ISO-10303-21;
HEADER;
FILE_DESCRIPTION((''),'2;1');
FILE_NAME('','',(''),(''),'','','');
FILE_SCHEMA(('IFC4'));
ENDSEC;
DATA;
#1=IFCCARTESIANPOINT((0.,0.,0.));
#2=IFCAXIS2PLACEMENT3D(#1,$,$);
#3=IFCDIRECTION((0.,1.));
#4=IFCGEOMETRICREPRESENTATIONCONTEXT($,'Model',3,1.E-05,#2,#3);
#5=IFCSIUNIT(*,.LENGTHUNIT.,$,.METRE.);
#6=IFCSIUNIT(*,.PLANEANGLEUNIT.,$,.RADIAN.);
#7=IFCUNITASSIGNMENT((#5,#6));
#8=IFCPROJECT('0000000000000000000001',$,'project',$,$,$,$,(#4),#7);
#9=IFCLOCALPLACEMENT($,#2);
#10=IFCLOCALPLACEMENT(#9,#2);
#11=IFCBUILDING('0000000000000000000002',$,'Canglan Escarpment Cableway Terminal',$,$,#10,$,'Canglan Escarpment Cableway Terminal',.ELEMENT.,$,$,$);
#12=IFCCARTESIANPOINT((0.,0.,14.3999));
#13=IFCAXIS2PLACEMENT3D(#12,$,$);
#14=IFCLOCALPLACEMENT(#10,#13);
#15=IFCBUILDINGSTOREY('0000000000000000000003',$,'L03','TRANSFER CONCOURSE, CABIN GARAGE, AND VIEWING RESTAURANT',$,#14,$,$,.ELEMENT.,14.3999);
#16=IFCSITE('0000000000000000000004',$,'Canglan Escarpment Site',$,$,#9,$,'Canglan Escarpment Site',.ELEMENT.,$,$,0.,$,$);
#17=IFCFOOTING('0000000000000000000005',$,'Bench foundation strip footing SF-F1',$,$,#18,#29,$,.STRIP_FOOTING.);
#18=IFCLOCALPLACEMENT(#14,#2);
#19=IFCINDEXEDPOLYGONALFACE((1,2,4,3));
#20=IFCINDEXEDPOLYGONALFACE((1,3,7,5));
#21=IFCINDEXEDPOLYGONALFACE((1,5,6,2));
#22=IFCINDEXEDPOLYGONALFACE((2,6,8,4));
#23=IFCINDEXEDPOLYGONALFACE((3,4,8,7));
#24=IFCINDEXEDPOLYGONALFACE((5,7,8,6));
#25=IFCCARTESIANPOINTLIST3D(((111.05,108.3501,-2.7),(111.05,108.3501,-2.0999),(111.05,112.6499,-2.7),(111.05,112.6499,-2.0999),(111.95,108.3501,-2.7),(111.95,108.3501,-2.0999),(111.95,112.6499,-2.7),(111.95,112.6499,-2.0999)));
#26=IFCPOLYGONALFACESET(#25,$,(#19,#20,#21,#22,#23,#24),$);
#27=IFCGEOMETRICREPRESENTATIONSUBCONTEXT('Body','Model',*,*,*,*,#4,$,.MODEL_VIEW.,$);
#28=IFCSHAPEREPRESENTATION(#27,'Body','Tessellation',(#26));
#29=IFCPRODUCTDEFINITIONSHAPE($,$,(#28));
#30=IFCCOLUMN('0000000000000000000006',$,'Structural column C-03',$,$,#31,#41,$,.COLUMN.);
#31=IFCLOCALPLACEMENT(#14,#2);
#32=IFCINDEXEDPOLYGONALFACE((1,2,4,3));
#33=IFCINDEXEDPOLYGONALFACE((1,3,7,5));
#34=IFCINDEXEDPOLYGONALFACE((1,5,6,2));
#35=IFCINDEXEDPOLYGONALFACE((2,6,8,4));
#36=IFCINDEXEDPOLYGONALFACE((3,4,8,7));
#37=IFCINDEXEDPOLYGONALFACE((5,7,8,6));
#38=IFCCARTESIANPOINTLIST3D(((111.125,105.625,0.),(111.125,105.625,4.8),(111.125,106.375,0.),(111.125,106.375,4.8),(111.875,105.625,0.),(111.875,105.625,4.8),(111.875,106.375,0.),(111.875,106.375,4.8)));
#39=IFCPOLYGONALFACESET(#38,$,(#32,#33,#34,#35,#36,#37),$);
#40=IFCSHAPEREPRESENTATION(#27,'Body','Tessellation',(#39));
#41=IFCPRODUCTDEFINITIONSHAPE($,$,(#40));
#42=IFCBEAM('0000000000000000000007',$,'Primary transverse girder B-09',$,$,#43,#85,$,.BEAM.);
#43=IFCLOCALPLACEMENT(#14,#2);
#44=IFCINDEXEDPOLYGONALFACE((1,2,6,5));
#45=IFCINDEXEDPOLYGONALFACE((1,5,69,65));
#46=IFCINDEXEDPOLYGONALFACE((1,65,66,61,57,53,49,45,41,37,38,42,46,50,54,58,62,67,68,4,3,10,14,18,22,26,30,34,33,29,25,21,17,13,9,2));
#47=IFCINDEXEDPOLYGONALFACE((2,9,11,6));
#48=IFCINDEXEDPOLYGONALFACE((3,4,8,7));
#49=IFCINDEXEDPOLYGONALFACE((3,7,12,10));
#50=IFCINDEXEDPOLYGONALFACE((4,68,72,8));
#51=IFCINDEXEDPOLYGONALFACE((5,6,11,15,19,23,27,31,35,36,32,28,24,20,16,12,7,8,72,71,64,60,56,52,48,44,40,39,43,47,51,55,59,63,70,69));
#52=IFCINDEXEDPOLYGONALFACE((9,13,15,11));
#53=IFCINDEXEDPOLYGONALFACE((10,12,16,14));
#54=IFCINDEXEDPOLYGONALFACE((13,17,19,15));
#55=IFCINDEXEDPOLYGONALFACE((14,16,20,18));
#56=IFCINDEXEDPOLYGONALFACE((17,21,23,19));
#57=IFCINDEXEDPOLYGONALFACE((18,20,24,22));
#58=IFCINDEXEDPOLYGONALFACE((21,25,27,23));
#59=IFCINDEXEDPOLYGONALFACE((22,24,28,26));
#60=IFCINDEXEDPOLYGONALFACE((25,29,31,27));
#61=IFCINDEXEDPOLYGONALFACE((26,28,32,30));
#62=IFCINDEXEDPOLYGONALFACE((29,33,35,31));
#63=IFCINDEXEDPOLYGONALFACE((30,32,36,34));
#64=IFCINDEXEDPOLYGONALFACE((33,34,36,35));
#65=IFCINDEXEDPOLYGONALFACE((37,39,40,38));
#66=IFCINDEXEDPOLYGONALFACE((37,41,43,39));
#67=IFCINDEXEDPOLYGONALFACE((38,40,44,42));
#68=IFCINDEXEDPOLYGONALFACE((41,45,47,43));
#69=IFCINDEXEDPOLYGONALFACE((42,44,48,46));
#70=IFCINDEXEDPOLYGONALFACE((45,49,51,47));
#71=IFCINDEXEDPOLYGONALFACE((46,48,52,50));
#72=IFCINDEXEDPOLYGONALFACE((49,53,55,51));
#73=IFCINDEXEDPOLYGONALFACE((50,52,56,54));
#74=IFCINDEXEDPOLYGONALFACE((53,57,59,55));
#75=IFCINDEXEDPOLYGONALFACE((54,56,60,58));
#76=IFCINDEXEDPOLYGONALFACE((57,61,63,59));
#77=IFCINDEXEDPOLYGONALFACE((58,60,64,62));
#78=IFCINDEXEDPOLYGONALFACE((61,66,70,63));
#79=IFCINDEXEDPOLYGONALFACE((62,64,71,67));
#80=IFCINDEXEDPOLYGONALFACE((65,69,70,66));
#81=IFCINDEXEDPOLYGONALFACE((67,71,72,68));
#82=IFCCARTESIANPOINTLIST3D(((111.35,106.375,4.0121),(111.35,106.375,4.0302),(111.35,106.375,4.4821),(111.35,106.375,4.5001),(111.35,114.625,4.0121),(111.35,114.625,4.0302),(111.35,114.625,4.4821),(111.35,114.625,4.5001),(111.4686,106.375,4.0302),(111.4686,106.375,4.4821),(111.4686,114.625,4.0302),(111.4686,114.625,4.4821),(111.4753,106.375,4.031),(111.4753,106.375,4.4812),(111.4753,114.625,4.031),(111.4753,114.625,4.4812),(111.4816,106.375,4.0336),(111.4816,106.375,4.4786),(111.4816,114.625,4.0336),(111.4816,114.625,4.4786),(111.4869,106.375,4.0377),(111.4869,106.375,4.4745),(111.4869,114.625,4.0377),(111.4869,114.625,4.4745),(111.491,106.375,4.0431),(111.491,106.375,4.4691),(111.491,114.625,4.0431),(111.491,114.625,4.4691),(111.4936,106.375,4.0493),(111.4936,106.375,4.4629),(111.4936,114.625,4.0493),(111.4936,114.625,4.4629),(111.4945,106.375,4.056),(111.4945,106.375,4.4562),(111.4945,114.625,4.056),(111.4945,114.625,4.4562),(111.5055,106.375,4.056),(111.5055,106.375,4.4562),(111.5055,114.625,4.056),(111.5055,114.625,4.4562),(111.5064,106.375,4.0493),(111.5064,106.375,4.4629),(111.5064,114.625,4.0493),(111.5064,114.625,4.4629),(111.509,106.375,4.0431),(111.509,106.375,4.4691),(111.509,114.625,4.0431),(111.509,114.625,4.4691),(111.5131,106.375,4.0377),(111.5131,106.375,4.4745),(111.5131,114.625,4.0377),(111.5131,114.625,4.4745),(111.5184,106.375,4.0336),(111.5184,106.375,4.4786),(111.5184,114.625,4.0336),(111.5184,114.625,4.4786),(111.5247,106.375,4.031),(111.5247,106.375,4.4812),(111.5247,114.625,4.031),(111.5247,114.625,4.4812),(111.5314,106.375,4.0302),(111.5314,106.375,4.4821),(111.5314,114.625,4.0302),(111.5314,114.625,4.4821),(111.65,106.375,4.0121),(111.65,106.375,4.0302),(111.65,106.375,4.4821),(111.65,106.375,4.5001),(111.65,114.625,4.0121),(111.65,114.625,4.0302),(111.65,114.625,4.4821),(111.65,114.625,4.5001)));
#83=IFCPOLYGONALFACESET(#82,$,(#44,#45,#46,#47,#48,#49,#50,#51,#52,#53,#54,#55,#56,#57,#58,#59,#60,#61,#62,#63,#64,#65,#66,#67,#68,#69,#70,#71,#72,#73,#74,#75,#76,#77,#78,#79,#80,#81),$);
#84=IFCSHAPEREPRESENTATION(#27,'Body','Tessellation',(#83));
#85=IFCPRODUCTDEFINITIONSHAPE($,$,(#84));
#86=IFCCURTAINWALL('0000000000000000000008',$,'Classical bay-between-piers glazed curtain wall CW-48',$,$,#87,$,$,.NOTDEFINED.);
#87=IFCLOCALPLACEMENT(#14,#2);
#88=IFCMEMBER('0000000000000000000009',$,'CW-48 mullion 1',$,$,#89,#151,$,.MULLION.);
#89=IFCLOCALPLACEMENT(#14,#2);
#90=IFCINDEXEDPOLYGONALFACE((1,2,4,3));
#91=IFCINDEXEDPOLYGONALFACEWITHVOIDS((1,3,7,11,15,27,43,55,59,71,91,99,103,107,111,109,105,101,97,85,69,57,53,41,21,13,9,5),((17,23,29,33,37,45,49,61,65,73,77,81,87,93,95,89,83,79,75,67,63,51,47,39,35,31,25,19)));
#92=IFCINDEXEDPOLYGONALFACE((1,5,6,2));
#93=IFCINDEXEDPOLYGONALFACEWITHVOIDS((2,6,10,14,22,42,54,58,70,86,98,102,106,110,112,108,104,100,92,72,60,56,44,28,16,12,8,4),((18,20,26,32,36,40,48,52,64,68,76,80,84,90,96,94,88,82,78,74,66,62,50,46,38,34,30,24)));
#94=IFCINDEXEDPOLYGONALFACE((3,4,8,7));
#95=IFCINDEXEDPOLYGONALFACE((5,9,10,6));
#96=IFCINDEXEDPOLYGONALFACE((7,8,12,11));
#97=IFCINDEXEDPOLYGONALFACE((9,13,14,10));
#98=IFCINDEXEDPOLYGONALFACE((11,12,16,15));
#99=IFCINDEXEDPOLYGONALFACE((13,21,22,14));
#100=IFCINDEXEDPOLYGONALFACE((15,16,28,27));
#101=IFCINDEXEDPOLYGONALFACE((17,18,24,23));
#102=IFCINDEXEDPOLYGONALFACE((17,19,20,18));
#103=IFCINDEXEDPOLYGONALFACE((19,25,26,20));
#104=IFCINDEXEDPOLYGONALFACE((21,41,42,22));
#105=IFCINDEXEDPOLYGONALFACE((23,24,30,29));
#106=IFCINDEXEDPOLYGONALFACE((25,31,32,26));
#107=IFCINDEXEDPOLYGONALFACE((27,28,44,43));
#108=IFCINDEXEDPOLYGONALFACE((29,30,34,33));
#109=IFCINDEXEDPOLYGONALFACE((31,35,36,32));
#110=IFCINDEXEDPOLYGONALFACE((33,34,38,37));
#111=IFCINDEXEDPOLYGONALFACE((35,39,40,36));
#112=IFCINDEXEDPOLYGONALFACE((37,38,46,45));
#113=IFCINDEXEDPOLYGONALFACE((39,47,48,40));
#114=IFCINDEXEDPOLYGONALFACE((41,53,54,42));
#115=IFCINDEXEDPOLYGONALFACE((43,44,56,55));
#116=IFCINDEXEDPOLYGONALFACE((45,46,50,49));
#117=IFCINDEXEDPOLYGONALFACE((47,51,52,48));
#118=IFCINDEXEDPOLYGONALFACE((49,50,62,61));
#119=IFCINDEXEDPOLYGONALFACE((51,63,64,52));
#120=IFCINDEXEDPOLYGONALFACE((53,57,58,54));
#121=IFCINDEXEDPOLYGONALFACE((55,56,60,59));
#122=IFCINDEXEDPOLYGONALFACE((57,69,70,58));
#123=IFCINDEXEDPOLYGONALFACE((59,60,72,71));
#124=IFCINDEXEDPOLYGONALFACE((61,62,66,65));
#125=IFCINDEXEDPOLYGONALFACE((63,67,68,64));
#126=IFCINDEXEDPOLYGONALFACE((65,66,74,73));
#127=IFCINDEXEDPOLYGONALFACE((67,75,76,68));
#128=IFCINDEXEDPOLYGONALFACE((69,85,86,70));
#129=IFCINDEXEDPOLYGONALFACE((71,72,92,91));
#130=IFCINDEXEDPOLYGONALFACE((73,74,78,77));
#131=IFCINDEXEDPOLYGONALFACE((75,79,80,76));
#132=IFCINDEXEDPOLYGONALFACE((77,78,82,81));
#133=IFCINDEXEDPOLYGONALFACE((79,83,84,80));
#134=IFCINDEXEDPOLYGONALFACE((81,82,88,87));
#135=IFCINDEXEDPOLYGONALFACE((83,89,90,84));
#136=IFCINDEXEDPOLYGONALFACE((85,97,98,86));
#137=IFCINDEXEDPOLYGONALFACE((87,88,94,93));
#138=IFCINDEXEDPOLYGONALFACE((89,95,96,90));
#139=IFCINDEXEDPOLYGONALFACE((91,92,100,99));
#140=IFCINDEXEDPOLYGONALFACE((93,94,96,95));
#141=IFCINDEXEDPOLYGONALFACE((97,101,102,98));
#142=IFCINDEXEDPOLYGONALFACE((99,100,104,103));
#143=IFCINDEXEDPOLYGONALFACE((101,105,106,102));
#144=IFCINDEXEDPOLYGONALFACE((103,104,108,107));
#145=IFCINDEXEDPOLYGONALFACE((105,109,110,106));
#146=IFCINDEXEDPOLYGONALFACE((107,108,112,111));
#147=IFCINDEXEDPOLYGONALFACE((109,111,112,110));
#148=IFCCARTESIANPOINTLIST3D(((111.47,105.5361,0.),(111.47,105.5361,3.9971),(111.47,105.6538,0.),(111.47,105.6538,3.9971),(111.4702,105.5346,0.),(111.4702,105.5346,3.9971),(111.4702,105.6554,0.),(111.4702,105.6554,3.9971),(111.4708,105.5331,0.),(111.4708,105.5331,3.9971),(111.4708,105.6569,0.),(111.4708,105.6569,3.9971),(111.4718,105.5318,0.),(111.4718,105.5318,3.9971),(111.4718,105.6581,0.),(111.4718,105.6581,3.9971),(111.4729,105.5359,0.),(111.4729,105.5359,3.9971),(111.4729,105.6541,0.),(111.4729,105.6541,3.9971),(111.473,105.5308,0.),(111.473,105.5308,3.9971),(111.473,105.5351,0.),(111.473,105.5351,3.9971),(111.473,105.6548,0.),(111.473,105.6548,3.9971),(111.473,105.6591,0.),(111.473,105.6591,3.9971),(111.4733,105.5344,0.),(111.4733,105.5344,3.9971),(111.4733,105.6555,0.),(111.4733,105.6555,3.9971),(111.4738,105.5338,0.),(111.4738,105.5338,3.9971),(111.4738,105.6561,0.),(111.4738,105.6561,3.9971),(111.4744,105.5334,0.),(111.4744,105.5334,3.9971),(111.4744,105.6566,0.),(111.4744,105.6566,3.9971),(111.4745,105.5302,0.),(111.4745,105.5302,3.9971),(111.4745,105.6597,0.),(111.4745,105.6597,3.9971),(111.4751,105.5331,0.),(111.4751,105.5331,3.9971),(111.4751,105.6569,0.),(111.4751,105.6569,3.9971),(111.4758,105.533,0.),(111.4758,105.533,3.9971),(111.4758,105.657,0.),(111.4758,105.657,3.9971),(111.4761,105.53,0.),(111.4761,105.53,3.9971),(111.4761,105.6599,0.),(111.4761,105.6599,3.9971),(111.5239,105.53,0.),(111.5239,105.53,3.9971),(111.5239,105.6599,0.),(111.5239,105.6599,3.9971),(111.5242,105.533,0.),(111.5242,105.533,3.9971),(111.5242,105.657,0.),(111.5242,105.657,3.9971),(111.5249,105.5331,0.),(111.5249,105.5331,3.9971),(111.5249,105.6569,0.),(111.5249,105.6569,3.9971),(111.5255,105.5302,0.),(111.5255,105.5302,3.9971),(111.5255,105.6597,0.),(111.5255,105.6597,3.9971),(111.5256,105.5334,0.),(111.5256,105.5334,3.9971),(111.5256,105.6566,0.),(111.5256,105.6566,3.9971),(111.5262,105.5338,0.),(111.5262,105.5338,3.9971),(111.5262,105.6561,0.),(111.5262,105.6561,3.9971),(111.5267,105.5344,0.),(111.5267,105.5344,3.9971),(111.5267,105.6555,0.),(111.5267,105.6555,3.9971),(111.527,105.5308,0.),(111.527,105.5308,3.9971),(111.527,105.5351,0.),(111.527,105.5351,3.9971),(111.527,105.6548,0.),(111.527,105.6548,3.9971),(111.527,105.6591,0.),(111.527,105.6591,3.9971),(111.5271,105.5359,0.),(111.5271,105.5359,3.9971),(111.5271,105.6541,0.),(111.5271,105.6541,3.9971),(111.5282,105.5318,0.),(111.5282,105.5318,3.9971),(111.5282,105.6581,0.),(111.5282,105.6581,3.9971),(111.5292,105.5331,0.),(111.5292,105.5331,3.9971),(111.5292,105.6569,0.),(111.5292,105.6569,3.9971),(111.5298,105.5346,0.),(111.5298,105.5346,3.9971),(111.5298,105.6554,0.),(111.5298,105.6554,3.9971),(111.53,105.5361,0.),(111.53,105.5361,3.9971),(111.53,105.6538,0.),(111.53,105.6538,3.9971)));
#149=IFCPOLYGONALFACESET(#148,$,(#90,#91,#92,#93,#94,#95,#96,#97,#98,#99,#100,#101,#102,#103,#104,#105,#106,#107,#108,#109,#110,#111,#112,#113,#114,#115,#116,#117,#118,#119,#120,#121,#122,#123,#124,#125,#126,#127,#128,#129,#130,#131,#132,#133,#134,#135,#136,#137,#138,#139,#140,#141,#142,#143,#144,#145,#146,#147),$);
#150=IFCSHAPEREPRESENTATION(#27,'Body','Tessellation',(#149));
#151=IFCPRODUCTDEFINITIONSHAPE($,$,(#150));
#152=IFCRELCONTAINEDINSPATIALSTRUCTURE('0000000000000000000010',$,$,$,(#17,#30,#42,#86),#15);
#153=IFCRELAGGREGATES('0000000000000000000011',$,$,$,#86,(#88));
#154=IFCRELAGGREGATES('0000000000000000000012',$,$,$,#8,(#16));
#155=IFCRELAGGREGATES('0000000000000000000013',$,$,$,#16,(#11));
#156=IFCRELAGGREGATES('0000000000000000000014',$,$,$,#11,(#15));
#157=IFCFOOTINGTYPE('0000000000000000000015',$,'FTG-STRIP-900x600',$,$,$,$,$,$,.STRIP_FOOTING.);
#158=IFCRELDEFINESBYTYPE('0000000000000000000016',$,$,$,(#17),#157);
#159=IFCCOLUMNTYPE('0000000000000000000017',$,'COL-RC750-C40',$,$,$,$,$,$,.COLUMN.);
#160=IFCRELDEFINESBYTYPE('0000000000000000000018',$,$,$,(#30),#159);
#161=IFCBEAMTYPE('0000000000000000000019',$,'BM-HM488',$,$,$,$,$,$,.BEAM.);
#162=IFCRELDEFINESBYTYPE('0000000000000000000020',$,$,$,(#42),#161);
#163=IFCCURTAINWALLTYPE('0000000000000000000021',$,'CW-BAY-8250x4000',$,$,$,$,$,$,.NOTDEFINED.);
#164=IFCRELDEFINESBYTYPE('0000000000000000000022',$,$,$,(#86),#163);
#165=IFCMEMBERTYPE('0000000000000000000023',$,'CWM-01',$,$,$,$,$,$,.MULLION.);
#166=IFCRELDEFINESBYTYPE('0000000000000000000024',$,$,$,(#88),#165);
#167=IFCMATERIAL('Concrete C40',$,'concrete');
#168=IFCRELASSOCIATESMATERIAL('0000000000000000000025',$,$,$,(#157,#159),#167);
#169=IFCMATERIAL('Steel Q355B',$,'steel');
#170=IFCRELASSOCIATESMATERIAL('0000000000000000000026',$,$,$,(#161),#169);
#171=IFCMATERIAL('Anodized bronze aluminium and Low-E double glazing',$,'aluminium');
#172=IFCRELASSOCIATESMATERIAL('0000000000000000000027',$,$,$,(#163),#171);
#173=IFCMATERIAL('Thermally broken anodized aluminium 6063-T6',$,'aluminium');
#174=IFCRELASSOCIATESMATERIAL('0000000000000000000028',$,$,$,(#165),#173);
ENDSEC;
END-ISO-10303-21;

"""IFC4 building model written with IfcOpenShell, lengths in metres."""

from ifc_helpers import new_model, si_unit, direction, frame, origin, origin_2d, place, context, subcontext, project, spatial, rectangle, hollow_rectangle, i_section, extrude, material, material_profile, profile_set, type_object, element, aggregate, save


model = new_model("IFC4")

# Units and contexts
model_context = context("Model", 3, precision=1e-05, world=origin(), true_north=direction((0.0, 1.0)))
body_context = subcontext(model_context, "Body", "Model", "MODEL_VIEW")
ifc_project = project(units=[si_unit("LENGTHUNIT", "METRE"), si_unit("PLANEANGLEUNIT", "RADIAN")], contexts=[model_context])

# Site, building, storey
site_placement = place(None, origin())
site = spatial("IfcSite", under=ifc_project, at=site_placement, Name="Canglan Escarpment Site", LongName="Canglan Escarpment Site", CompositionType="ELEMENT", RefElevation=0.0)
building_placement = place(site_placement, origin())
building = spatial("IfcBuilding", under=site, at=building_placement, Name="Canglan Escarpment Cableway Terminal", LongName="Canglan Escarpment Cableway Terminal", CompositionType="ELEMENT")
storey_placement = place(building_placement, frame((0.0, 0.0, 14.3999)))
storey = spatial("IfcBuildingStorey", under=building, at=storey_placement, Name="L03", Description="TRANSFER CONCOURSE, CABIN GARAGE, AND VIEWING RESTAURANT", CompositionType="ELEMENT", Elevation=14.3999)

# Footing
ifc_material_1 = material(Name="Concrete C40", Category="concrete")
ifc_material_profile_1 = material_profile(ifc_material_1, rectangle(XDim=0.8999, YDim=0.6001, at=origin_2d()), Name="SF 900x600")
ifc_profile_set_1 = profile_set([ifc_material_profile_1], Name="Concrete C40")
footing_type = type_object("IfcFootingType", Name="FTG-STRIP-900x600", PredefinedType="STRIP_FOOTING", material=ifc_profile_set_1)
footing_placement = place(storey_placement, frame((111.5, 108.3501, -2.3999), z_axis=(0.0, 1.0, 0.0), x_axis=(-1.0, 0.0, 0.0)))
element("IfcFooting", 1, at=footing_placement, inside=storey, type_object=footing_type, Name="Bench foundation strip footing SF-F1", PredefinedType="STRIP_FOOTING", context=body_context, shape_type="SweptSolid", body=[
    extrude(rectangle(XDim=0.8999, YDim=0.6001, at=origin_2d()), origin(), (0.0, 0.0, 1.0), 4.2998),
])

# Column
ifc_material_profile_2 = material_profile(ifc_material_1, rectangle(XDim=0.75, YDim=0.75, at=origin_2d()), Name="RC 750x750")
ifc_profile_set_2 = profile_set([ifc_material_profile_2], Name="Concrete C40")
column_type = type_object("IfcColumnType", Name="COL-RC750-C40", PredefinedType="COLUMN", material=ifc_profile_set_2)
column_placement = place(storey_placement, frame((111.5, 106.0, 0.0), z_axis=(0.0, 0.0, 1.0), x_axis=(1.0, 0.0, 0.0)))
element("IfcColumn", 2, at=column_placement, inside=storey, type_object=column_type, Name="Structural column C-03", PredefinedType="COLUMN", context=body_context, shape_type="SweptSolid", body=[
    extrude(rectangle(XDim=0.75, YDim=0.75, at=origin_2d()), origin(), (0.0, 0.0, 1.0), 4.8),
])

# Beam
ifc_material_2 = material(Name="Steel Q355B", Category="steel")
ifc_material_profile_3 = material_profile(ifc_material_2, i_section(OverallWidth=0.3, OverallDepth=0.488, WebThickness=0.011, FlangeThickness=0.0181, FilletRadius=0.0259, at=origin_2d()), Name="HM 488x300x11x18")
ifc_profile_set_3 = profile_set([ifc_material_profile_3], Name="Steel Q355B")
beam_type = type_object("IfcBeamType", Name="BM-HM488", PredefinedType="BEAM", material=ifc_profile_set_3)
beam_placement = place(storey_placement, frame((111.5, 106.375, 4.2561), z_axis=(0.0, 1.0, 0.0), x_axis=(-1.0, 0.0, 0.0)))
element("IfcBeam", 3, at=beam_placement, inside=storey, type_object=beam_type, Name="Primary transverse girder B-09", PredefinedType="BEAM", context=body_context, shape_type="SweptSolid", body=[
    extrude(i_section(OverallWidth=0.3, OverallDepth=0.488, WebThickness=0.011, FlangeThickness=0.0181, FilletRadius=0.0259, at=origin_2d()), origin(), (0.0, 0.0, 1.0), 8.25),
])

# Curtain wall, member
ifc_material_3 = material(Name="Anodized bronze aluminium and Low-E double glazing", Category="aluminium")
curtain_wall_type = type_object("IfcCurtainWallType", Name="CW-BAY-8250x4000", PredefinedType="NOTDEFINED", material=ifc_material_3)
curtain_wall_1_placement = place(storey_placement, origin())
curtain_wall_1 = element("IfcCurtainWall", 4, at=curtain_wall_1_placement, inside=storey, type_object=curtain_wall_type, Name="Classical bay-between-piers glazed curtain wall CW-48", PredefinedType="NOTDEFINED")
ifc_material_4 = material(Name="Thermally broken anodized aluminium 6063-T6", Category="aluminium")
ifc_material_profile_4 = material_profile(ifc_material_4, hollow_rectangle(XDim=0.0601, YDim=0.1299, WallThickness=0.0029, InnerFilletRadius=0.0029, OuterFilletRadius=0.0061, at=origin_2d()), Name="ALU-MULL 60x130x3")
ifc_profile_set_4 = profile_set([ifc_material_profile_4], Name="Thermally broken anodized aluminium 6063-T6")
member_type_1 = type_object("IfcMemberType", Name="CWM-01", PredefinedType="MULLION", material=ifc_profile_set_4)
member_1_placement = place(storey_placement, frame((111.5, 105.595, 0.0), z_axis=(0.0, 0.0, 1.0), x_axis=(1.0, 0.0, 0.0)))
member_1 = element("IfcMember", 5, at=member_1_placement, type_object=member_type_1, Name="CW-48 mullion 1", PredefinedType="MULLION", context=body_context, shape_type="SweptSolid", body=[
    extrude(hollow_rectangle(XDim=0.0601, YDim=0.1299, WallThickness=0.0029, InnerFilletRadius=0.0029, OuterFilletRadius=0.0061, at=origin_2d()), origin(), (0.0, 0.0, 1.0), 3.9971),
])

aggregate(curtain_wall_1, [member_1])

save(model, "model.ifc")
